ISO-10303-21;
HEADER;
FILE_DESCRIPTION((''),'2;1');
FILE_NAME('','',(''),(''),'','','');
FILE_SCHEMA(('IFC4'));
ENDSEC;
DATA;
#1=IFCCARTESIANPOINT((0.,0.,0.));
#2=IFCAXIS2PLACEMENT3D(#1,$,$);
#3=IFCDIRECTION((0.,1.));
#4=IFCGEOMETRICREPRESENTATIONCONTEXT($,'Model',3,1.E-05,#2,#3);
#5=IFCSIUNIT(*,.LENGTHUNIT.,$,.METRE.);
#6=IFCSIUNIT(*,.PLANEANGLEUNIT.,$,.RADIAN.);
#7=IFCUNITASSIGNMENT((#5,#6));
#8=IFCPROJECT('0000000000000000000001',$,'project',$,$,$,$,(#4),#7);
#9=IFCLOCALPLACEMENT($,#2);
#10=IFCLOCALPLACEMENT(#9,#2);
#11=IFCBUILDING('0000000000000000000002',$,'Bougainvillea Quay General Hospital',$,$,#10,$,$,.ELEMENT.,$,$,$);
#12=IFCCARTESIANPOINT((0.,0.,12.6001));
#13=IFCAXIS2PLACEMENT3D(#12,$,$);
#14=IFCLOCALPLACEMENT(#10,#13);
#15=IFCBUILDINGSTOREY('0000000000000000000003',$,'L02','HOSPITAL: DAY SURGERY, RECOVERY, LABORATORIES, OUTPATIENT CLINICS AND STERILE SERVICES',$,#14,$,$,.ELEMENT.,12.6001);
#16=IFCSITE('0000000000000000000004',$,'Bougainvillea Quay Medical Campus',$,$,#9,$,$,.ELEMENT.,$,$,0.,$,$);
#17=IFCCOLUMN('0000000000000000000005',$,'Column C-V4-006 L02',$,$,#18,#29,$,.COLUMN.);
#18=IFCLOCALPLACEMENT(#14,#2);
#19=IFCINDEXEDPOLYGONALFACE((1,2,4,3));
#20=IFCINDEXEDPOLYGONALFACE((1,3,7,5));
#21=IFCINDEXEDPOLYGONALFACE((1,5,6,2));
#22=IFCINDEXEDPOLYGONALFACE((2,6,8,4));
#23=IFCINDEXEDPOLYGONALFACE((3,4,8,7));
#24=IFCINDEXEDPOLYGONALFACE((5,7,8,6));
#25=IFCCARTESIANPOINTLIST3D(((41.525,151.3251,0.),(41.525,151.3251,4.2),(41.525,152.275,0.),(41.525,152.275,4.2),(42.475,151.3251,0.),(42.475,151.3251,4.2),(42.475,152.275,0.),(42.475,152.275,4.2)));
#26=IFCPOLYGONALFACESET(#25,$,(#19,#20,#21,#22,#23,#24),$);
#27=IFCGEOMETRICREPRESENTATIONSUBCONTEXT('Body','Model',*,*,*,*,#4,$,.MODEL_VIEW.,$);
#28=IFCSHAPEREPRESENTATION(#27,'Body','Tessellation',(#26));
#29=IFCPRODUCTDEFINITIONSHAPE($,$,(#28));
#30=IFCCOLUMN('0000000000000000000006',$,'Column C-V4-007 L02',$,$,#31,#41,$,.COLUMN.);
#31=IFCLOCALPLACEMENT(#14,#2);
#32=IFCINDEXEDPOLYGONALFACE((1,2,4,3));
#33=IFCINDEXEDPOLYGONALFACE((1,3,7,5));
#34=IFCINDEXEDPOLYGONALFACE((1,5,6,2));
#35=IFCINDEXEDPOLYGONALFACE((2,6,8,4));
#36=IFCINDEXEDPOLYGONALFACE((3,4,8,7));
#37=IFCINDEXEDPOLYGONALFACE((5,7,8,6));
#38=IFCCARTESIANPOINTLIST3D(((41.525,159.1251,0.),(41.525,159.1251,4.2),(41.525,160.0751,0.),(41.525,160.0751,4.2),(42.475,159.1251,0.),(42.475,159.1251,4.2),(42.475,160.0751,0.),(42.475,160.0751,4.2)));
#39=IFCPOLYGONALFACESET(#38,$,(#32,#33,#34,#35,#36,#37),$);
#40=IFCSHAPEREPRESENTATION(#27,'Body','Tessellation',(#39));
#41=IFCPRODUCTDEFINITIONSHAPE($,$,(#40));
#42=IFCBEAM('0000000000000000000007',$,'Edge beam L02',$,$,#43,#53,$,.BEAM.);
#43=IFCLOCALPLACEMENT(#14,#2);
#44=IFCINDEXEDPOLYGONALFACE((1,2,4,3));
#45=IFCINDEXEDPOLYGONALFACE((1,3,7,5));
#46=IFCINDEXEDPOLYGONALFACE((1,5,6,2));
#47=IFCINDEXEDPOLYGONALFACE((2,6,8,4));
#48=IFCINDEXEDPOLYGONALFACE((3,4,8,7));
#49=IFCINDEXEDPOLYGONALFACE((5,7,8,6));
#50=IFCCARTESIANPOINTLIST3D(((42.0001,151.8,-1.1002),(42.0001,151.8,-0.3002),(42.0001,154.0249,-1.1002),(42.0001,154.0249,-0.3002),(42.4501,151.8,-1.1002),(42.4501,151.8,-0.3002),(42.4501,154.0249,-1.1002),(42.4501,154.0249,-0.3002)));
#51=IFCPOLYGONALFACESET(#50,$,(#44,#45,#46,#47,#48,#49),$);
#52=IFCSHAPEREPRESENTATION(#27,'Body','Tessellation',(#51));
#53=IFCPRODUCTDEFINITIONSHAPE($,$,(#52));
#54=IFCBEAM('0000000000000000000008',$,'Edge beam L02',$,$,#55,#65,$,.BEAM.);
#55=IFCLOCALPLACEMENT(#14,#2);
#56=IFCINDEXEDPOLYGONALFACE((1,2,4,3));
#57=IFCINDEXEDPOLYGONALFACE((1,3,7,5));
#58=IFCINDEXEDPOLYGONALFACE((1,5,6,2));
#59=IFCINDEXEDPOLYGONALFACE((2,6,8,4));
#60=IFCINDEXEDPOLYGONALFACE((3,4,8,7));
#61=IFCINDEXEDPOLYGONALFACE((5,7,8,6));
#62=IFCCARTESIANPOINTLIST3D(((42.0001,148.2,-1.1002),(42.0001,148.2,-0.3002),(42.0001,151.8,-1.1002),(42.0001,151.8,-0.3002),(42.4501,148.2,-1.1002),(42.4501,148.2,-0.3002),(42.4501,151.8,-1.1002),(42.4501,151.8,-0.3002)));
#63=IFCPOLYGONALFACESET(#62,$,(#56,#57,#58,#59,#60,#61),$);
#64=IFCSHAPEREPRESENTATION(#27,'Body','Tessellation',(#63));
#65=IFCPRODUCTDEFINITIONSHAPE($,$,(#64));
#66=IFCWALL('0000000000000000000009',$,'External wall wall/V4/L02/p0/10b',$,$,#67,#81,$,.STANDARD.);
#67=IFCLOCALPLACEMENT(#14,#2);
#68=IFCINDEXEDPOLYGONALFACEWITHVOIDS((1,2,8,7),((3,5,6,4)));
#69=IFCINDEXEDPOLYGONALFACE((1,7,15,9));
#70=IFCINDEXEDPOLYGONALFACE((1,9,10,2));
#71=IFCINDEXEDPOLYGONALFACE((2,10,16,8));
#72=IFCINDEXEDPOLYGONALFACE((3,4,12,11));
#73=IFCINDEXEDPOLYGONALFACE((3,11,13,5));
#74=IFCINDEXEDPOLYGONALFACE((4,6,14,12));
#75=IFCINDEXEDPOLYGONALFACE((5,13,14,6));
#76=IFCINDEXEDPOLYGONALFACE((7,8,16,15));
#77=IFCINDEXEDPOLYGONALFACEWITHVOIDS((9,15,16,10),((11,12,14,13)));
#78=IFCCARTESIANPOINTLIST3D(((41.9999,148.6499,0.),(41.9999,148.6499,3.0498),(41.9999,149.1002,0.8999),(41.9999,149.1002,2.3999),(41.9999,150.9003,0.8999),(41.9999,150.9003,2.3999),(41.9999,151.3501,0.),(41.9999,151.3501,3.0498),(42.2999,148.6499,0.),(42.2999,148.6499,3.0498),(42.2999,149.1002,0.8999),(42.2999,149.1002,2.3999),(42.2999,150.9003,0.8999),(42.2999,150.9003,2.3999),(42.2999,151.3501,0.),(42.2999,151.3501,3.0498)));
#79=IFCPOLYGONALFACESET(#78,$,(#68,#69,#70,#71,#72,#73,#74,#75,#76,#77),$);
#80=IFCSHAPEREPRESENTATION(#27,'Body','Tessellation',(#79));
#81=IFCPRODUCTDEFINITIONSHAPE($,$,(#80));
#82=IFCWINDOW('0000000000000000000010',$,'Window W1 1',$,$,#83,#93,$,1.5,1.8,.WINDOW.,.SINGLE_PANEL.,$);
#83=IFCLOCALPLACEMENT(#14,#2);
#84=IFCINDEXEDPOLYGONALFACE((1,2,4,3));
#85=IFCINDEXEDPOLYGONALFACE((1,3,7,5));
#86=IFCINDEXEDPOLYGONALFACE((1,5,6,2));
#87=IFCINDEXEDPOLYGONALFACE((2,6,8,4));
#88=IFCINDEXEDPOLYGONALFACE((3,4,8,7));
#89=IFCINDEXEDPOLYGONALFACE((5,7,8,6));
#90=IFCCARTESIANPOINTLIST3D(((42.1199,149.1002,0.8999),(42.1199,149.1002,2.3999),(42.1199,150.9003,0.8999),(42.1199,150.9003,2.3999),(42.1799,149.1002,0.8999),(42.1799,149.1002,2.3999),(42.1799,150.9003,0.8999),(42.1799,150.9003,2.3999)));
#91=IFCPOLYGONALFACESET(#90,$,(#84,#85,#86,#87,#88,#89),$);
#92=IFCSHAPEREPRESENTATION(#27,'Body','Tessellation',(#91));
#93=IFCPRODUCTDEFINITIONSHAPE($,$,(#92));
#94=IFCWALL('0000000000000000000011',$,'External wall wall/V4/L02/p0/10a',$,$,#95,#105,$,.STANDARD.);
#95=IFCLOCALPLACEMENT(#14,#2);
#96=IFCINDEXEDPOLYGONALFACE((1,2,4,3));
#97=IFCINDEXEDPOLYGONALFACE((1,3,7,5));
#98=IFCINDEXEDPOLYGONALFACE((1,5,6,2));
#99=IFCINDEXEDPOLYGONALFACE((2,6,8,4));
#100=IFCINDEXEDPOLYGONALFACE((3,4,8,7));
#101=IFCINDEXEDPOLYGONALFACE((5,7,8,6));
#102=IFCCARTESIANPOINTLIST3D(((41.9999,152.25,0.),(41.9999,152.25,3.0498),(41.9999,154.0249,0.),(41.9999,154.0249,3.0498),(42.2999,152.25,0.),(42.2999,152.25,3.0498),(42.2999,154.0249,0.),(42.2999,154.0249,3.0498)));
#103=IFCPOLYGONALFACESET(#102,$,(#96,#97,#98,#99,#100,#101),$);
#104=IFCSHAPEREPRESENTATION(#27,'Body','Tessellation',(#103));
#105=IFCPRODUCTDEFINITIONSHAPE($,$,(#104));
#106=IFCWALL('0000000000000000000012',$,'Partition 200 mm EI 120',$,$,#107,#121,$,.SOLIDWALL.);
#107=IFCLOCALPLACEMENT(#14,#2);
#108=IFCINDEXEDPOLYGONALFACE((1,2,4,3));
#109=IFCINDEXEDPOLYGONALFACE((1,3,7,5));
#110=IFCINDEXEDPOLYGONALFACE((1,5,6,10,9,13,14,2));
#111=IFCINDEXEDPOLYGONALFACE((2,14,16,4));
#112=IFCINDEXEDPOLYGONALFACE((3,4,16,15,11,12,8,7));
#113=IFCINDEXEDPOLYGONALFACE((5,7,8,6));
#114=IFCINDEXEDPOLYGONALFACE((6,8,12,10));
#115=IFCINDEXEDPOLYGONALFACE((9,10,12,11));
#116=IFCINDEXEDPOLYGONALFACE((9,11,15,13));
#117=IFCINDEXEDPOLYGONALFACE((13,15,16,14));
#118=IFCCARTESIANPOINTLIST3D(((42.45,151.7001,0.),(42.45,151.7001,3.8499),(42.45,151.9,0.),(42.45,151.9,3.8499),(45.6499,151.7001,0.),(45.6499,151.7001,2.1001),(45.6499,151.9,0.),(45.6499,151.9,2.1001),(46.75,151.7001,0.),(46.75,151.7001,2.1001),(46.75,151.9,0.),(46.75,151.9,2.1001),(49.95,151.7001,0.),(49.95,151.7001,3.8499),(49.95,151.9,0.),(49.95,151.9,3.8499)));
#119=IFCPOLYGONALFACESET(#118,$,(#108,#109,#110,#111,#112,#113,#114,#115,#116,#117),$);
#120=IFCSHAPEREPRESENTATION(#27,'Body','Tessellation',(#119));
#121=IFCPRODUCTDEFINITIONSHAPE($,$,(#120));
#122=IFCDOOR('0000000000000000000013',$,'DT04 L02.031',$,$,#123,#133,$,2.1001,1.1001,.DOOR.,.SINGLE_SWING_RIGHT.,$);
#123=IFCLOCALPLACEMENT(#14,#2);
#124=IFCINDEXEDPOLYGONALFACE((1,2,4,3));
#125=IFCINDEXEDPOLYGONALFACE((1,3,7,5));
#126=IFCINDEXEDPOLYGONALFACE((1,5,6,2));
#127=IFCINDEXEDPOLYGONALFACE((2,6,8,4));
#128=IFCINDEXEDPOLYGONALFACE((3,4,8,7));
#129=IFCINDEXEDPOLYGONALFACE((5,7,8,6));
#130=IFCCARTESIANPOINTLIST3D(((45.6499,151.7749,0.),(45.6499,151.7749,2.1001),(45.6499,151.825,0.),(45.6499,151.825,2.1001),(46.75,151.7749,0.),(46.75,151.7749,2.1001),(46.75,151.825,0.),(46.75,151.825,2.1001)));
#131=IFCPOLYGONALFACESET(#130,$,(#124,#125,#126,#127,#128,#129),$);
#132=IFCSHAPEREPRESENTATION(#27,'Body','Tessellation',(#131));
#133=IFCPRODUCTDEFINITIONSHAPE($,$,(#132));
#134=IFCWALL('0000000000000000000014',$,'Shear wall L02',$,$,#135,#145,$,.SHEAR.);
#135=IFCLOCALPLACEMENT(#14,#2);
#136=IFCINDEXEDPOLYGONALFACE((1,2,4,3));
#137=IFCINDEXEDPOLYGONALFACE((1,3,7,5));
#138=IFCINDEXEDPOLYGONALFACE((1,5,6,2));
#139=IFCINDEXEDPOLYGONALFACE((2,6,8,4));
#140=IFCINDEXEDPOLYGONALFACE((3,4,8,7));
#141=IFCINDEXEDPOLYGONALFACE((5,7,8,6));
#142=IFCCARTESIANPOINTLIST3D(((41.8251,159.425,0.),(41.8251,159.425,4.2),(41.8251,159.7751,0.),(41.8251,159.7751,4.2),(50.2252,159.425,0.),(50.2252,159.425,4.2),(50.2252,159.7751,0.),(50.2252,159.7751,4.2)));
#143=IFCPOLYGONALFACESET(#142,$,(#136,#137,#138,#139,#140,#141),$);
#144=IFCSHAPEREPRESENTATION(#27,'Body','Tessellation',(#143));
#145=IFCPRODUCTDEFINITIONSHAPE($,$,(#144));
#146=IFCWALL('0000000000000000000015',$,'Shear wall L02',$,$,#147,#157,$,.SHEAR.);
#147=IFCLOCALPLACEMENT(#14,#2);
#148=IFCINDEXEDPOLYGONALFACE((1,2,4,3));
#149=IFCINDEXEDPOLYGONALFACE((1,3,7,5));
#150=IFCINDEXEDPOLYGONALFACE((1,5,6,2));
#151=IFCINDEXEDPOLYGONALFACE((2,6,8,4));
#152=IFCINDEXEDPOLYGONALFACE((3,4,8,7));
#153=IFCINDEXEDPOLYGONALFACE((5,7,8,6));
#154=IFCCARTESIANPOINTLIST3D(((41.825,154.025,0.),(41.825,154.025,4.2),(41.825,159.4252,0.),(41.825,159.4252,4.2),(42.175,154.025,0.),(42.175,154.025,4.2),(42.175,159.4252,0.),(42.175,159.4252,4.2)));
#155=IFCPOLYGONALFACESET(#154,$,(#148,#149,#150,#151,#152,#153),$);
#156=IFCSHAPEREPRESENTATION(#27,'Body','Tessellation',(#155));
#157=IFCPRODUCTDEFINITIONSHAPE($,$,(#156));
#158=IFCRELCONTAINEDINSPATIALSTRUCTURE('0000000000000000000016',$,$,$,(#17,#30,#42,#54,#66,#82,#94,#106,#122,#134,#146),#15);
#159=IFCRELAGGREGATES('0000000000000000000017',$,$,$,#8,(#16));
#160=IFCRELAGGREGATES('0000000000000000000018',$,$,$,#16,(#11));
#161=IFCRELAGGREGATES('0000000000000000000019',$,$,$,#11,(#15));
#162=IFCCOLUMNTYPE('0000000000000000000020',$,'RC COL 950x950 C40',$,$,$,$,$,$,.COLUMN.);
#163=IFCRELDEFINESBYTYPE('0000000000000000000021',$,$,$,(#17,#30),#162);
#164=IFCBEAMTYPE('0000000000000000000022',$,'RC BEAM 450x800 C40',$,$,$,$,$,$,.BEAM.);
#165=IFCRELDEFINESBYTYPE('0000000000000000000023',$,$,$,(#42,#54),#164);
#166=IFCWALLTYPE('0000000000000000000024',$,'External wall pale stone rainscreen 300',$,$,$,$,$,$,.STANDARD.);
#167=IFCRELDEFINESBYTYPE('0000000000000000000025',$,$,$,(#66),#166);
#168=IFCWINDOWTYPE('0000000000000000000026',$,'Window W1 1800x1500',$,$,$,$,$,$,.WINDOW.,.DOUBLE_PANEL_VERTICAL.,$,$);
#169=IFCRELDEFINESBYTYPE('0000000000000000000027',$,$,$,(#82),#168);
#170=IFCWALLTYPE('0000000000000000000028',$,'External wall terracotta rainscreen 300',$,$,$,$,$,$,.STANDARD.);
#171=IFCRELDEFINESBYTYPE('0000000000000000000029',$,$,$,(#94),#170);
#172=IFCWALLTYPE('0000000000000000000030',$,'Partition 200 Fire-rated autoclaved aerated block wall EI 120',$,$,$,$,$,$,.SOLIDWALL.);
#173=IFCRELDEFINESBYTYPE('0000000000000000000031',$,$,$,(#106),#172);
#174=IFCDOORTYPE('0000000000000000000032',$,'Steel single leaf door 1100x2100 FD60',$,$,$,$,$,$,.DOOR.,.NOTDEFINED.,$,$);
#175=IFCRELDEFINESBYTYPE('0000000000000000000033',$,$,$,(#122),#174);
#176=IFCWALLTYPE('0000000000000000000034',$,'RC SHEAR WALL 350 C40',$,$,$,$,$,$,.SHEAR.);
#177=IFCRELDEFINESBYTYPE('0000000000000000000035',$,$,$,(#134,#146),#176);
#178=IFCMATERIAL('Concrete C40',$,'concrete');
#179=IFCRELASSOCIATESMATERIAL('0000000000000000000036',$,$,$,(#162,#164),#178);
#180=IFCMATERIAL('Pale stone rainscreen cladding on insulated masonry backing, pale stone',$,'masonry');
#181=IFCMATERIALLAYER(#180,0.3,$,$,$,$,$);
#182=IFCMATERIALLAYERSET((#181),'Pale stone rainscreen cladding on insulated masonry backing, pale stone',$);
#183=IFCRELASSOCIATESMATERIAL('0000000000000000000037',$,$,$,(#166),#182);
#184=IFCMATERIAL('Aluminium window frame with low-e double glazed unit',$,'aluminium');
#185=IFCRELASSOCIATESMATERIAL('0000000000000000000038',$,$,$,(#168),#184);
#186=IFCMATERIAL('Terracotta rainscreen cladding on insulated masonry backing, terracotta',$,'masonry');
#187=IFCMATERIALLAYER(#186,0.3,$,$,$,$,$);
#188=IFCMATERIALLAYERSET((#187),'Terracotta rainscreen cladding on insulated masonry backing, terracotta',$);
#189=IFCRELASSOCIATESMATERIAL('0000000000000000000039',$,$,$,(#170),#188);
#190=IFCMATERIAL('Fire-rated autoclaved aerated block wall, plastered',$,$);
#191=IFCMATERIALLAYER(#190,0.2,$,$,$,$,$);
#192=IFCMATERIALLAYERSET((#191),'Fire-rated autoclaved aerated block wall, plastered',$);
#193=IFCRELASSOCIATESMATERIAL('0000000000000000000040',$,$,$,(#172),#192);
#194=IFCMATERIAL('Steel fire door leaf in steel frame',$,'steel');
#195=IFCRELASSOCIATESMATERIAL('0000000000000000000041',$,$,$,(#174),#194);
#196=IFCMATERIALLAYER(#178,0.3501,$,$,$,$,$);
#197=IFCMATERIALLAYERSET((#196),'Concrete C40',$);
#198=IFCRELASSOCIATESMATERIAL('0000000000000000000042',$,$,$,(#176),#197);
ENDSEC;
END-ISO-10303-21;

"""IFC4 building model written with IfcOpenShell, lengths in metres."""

from ifc_helpers import new_model, si_unit, direction, frame, frame_2d, origin, origin_2d, place, context, subcontext, project, spatial, rectangle, extrude, material, layer, layer_set, material_profile, profile_set, type_object, element, fill, save


model = new_model("IFC4")

# Units and contexts
model_context = context("Model", 3, precision=1e-05, world=origin(), true_north=direction((0.0, 1.0)))
body_context = subcontext(model_context, "Body", "Model", "MODEL_VIEW")
ifc_project = project(units=[si_unit("LENGTHUNIT", "METRE"), si_unit("PLANEANGLEUNIT", "RADIAN")], contexts=[model_context])

# Site, building, storey
site_placement = place(None, origin())
site = spatial("IfcSite", under=ifc_project, at=site_placement, Name="Bougainvillea Quay Medical Campus", CompositionType="ELEMENT", RefElevation=0.0)
building_placement = place(site_placement, origin())
building = spatial("IfcBuilding", under=site, at=building_placement, Name="Bougainvillea Quay General Hospital", CompositionType="ELEMENT")
storey_placement = place(building_placement, frame((0.0, 0.0, 12.6001)))
storey = spatial("IfcBuildingStorey", under=building, at=storey_placement, Name="L02", Description="HOSPITAL: DAY SURGERY, RECOVERY, LABORATORIES, OUTPATIENT CLINICS AND STERILE SERVICES", CompositionType="ELEMENT", Elevation=12.6001)

# Columns
ifc_material_1 = material(Name="Concrete C40", Category="concrete")
ifc_material_profile_1 = material_profile(ifc_material_1, rectangle(XDim=0.95, YDim=0.95, at=origin_2d()))
ifc_profile_set_1 = profile_set([ifc_material_profile_1], Name="Concrete C40")
column_type = type_object("IfcColumnType", Name="RC COL 950x950 C40", PredefinedType="COLUMN", material=ifc_profile_set_1)
for number, where, z_axis, x_axis, name in (
    (1, (42.0, 151.8, 0.0), (0.0, 0.0, 1.0), (1.0, 0.0, 0.0), "Column C-V4-006 L02"),
    (2, (42.0, 159.6001, 0.0), (0.0, 0.0, 1.0), (1.0, 0.0, 0.0), "Column C-V4-007 L02"),
):
    element("IfcColumn", number, at=place(storey_placement, frame(where, z_axis=z_axis, x_axis=x_axis)), inside=storey, type_object=column_type, Name=name, PredefinedType="COLUMN", context=body_context, shape_type="SweptSolid", body=[
        extrude(rectangle(XDim=0.95, YDim=0.95, at=origin_2d()), origin(), (0.0, 0.0, 1.0), 4.2),
    ])

# Beams
ifc_material_profile_2 = material_profile(ifc_material_1, rectangle(XDim=0.45, YDim=0.8, at=origin_2d()))
ifc_profile_set_2 = profile_set([ifc_material_profile_2], Name="Concrete C40")
beam_type = type_object("IfcBeamType", Name="RC BEAM 450x800 C40", PredefinedType="BEAM", material=ifc_profile_set_2)
beam_1_placement = place(storey_placement, frame((42.2251, 154.0249, -0.7002), z_axis=(0.0, -1.0, 0.0), x_axis=(1.0, 0.0, 0.0)))
element("IfcBeam", 3, at=beam_1_placement, inside=storey, type_object=beam_type, Name="Edge beam L02", PredefinedType="BEAM", context=body_context, shape_type="SweptSolid", body=[
    extrude(rectangle(XDim=0.45, YDim=0.8, at=origin_2d()), origin(), (0.0, 0.0, 1.0), 2.2249),
])
beam_2_placement = place(storey_placement, frame((42.2251, 151.8, -0.7002), z_axis=(0.0, -1.0, 0.0), x_axis=(1.0, 0.0, 0.0)))
element("IfcBeam", 4, at=beam_2_placement, inside=storey, type_object=beam_type, Name="Edge beam L02", PredefinedType="BEAM", context=body_context, shape_type="SweptSolid", body=[
    extrude(rectangle(XDim=0.45, YDim=0.8, at=origin_2d()), origin(), (0.0, 0.0, 1.0), 3.6001),
])

# Wall, opening, window
ifc_material_2 = material(Name="Pale stone rainscreen cladding on insulated masonry backing, pale stone", Category="masonry")
ifc_layer_1 = layer(ifc_material_2, 0.3)
ifc_layer_set_1 = layer_set([ifc_layer_1], Name="Pale stone rainscreen cladding on insulated masonry backing, pale stone")
wall_type_1 = type_object("IfcWallType", Name="External wall pale stone rainscreen 300", PredefinedType="STANDARD", material=ifc_layer_set_1)
wall_1_placement = place(storey_placement, frame((42.1499, 151.3501, 0.0), z_axis=(0.0, 0.0, 1.0), x_axis=(0.0, -1.0, 0.0)))
wall_1 = element("IfcWall", 5, at=wall_1_placement, inside=storey, type_object=wall_type_1, Name="External wall wall/V4/L02/p0/10b", PredefinedType="STANDARD", context=body_context, shape_type="SweptSolid", body=[
    extrude(rectangle(XDim=2.7002, YDim=0.3, at=frame_2d((1.3501, 0.0))), origin(), (0.0, 0.0, 1.0), 3.0498),
])
opening_1_placement = place(wall_1_placement, frame((0.45, 0.0, 0.8999)))
opening_1 = element("IfcOpeningElement", 6, at=opening_1_placement, cuts=wall_1, PredefinedType="OPENING", context=body_context, shape_type="SweptSolid", body=[
    extrude(rectangle(XDim=1.8, YDim=1.5, at=frame_2d((0.8999, 0.75))), frame((0.0, 0.1599, 0.0), z_axis=(0.0, -1.0, 0.0), x_axis=(1.0, 0.0, 0.0)), (0.0, 0.0, 1.0), 0.3201),
])
ifc_material_3 = material(Name="Aluminium window frame with low-e double glazed unit", Category="aluminium")
window_type = type_object("IfcWindowType", Name="Window W1 1800x1500", PartitioningType="DOUBLE_PANEL_VERTICAL", PredefinedType="WINDOW", material=ifc_material_3)
window_placement = place(opening_1_placement, origin())
window = element("IfcWindow", 7, at=window_placement, inside=storey, type_object=window_type, Name="Window W1 1", OverallHeight=1.5, OverallWidth=1.8, PartitioningType="SINGLE_PANEL", PredefinedType="WINDOW", context=body_context, shape_type="SweptSolid", body=[
    extrude(rectangle(XDim=1.8, YDim=1.5, at=frame_2d((0.8999, 0.75))), frame((0.0, 0.03, 0.0), z_axis=(0.0, -1.0, 0.0), x_axis=(1.0, 0.0, 0.0)), (0.0, 0.0, 1.0), 0.0601),
])
fill(opening_1, window)

# Wall
ifc_material_4 = material(Name="Terracotta rainscreen cladding on insulated masonry backing, terracotta", Category="masonry")
ifc_layer_2 = layer(ifc_material_4, 0.3)
ifc_layer_set_2 = layer_set([ifc_layer_2], Name="Terracotta rainscreen cladding on insulated masonry backing, terracotta")
wall_type_2 = type_object("IfcWallType", Name="External wall terracotta rainscreen 300", PredefinedType="STANDARD", material=ifc_layer_set_2)
wall_2_placement = place(storey_placement, frame((42.1499, 154.0249, 0.0), z_axis=(0.0, 0.0, 1.0), x_axis=(0.0, -1.0, 0.0)))
element("IfcWall", 8, at=wall_2_placement, inside=storey, type_object=wall_type_2, Name="External wall wall/V4/L02/p0/10a", PredefinedType="STANDARD", context=body_context, shape_type="SweptSolid", body=[
    extrude(rectangle(XDim=1.7749, YDim=0.3, at=frame_2d((0.8875, 0.0))), origin(), (0.0, 0.0, 1.0), 3.0498),
])

# Wall, opening, door
ifc_material_5 = material(Name="Fire-rated autoclaved aerated block wall, plastered")
ifc_layer_3 = layer(ifc_material_5, 0.2)
ifc_layer_set_3 = layer_set([ifc_layer_3], Name="Fire-rated autoclaved aerated block wall, plastered")
wall_type_3 = type_object("IfcWallType", Name="Partition 200 Fire-rated autoclaved aerated block wall EI 120", PredefinedType="SOLIDWALL", material=ifc_layer_set_3)
wall_3_placement = place(storey_placement, frame((42.45, 151.8, 0.0), z_axis=(0.0, 0.0, 1.0), x_axis=(1.0, 0.0, 0.0)))
wall_3 = element("IfcWall", 9, at=wall_3_placement, inside=storey, type_object=wall_type_3, Name="Partition 200 mm EI 120", PredefinedType="SOLIDWALL", context=body_context, shape_type="SweptSolid", body=[
    extrude(rectangle(XDim=7.5, YDim=0.2, at=frame_2d((3.75, 0.0))), origin(), (0.0, 0.0, 1.0), 3.8499),
])
opening_2_placement = place(wall_3_placement, frame((3.2, 0.0, 0.0)))
opening_2 = element("IfcOpeningElement", 10, at=opening_2_placement, cuts=wall_3, PredefinedType="OPENING", context=body_context, shape_type="SweptSolid", body=[
    extrude(rectangle(XDim=1.1001, YDim=2.1001, at=frame_2d((0.55, 1.05))), frame((0.0, 0.1099, 0.0), z_axis=(0.0, -1.0, 0.0), x_axis=(1.0, 0.0, 0.0)), (0.0, 0.0, 1.0), 0.22),
])
ifc_material_6 = material(Name="Steel fire door leaf in steel frame", Category="steel")
door_type = type_object("IfcDoorType", Name="Steel single leaf door 1100x2100 FD60", OperationType="NOTDEFINED", PredefinedType="DOOR", material=ifc_material_6)
door_1_placement = place(opening_2_placement, origin())
door_1 = element("IfcDoor", 11, at=door_1_placement, inside=storey, type_object=door_type, Name="DT04 L02.031", OperationType="SINGLE_SWING_RIGHT", OverallHeight=2.1001, OverallWidth=1.1001, PredefinedType="DOOR", context=body_context, shape_type="SweptSolid", body=[
    extrude(rectangle(XDim=1.1001, YDim=2.1001, at=frame_2d((0.55, 1.05))), frame((0.0, 0.0249, 0.0), z_axis=(0.0, -1.0, 0.0), x_axis=(1.0, 0.0, 0.0)), (0.0, 0.0, 1.0), 0.05),
])
fill(opening_2, door_1)

# Walls
ifc_layer_4 = layer(ifc_material_1, 0.3501)
ifc_layer_set_4 = layer_set([ifc_layer_4], Name="Concrete C40")
wall_type_4 = type_object("IfcWallType", Name="RC SHEAR WALL 350 C40", PredefinedType="SHEAR", material=ifc_layer_set_4)
wall_4_placement = place(storey_placement, frame((41.825, 159.6001, 0.0), z_axis=(0.0, 0.0, 1.0), x_axis=(1.0, 0.0, 0.0)))
element("IfcWall", 12, at=wall_4_placement, inside=storey, type_object=wall_type_4, Name="Shear wall L02", PredefinedType="SHEAR", context=body_context, shape_type="SweptSolid", body=[
    extrude(rectangle(XDim=8.4001, YDim=0.3501, at=frame_2d((4.2002, 0.0))), origin(), (0.0, 0.0, 1.0), 4.2),
])
wall_5_placement = place(storey_placement, frame((42.0, 154.0249, 0.0), z_axis=(0.0, 0.0, 1.0), x_axis=(0.0, 1.0, 0.0)))
element("IfcWall", 13, at=wall_5_placement, inside=storey, type_object=wall_type_4, Name="Shear wall L02", PredefinedType="SHEAR", context=body_context, shape_type="SweptSolid", body=[
    extrude(rectangle(XDim=5.4001, YDim=0.3501, at=frame_2d((2.7002, 0.0))), origin(), (0.0, 0.0, 1.0), 4.2),
])

save(model, "model.ifc")
